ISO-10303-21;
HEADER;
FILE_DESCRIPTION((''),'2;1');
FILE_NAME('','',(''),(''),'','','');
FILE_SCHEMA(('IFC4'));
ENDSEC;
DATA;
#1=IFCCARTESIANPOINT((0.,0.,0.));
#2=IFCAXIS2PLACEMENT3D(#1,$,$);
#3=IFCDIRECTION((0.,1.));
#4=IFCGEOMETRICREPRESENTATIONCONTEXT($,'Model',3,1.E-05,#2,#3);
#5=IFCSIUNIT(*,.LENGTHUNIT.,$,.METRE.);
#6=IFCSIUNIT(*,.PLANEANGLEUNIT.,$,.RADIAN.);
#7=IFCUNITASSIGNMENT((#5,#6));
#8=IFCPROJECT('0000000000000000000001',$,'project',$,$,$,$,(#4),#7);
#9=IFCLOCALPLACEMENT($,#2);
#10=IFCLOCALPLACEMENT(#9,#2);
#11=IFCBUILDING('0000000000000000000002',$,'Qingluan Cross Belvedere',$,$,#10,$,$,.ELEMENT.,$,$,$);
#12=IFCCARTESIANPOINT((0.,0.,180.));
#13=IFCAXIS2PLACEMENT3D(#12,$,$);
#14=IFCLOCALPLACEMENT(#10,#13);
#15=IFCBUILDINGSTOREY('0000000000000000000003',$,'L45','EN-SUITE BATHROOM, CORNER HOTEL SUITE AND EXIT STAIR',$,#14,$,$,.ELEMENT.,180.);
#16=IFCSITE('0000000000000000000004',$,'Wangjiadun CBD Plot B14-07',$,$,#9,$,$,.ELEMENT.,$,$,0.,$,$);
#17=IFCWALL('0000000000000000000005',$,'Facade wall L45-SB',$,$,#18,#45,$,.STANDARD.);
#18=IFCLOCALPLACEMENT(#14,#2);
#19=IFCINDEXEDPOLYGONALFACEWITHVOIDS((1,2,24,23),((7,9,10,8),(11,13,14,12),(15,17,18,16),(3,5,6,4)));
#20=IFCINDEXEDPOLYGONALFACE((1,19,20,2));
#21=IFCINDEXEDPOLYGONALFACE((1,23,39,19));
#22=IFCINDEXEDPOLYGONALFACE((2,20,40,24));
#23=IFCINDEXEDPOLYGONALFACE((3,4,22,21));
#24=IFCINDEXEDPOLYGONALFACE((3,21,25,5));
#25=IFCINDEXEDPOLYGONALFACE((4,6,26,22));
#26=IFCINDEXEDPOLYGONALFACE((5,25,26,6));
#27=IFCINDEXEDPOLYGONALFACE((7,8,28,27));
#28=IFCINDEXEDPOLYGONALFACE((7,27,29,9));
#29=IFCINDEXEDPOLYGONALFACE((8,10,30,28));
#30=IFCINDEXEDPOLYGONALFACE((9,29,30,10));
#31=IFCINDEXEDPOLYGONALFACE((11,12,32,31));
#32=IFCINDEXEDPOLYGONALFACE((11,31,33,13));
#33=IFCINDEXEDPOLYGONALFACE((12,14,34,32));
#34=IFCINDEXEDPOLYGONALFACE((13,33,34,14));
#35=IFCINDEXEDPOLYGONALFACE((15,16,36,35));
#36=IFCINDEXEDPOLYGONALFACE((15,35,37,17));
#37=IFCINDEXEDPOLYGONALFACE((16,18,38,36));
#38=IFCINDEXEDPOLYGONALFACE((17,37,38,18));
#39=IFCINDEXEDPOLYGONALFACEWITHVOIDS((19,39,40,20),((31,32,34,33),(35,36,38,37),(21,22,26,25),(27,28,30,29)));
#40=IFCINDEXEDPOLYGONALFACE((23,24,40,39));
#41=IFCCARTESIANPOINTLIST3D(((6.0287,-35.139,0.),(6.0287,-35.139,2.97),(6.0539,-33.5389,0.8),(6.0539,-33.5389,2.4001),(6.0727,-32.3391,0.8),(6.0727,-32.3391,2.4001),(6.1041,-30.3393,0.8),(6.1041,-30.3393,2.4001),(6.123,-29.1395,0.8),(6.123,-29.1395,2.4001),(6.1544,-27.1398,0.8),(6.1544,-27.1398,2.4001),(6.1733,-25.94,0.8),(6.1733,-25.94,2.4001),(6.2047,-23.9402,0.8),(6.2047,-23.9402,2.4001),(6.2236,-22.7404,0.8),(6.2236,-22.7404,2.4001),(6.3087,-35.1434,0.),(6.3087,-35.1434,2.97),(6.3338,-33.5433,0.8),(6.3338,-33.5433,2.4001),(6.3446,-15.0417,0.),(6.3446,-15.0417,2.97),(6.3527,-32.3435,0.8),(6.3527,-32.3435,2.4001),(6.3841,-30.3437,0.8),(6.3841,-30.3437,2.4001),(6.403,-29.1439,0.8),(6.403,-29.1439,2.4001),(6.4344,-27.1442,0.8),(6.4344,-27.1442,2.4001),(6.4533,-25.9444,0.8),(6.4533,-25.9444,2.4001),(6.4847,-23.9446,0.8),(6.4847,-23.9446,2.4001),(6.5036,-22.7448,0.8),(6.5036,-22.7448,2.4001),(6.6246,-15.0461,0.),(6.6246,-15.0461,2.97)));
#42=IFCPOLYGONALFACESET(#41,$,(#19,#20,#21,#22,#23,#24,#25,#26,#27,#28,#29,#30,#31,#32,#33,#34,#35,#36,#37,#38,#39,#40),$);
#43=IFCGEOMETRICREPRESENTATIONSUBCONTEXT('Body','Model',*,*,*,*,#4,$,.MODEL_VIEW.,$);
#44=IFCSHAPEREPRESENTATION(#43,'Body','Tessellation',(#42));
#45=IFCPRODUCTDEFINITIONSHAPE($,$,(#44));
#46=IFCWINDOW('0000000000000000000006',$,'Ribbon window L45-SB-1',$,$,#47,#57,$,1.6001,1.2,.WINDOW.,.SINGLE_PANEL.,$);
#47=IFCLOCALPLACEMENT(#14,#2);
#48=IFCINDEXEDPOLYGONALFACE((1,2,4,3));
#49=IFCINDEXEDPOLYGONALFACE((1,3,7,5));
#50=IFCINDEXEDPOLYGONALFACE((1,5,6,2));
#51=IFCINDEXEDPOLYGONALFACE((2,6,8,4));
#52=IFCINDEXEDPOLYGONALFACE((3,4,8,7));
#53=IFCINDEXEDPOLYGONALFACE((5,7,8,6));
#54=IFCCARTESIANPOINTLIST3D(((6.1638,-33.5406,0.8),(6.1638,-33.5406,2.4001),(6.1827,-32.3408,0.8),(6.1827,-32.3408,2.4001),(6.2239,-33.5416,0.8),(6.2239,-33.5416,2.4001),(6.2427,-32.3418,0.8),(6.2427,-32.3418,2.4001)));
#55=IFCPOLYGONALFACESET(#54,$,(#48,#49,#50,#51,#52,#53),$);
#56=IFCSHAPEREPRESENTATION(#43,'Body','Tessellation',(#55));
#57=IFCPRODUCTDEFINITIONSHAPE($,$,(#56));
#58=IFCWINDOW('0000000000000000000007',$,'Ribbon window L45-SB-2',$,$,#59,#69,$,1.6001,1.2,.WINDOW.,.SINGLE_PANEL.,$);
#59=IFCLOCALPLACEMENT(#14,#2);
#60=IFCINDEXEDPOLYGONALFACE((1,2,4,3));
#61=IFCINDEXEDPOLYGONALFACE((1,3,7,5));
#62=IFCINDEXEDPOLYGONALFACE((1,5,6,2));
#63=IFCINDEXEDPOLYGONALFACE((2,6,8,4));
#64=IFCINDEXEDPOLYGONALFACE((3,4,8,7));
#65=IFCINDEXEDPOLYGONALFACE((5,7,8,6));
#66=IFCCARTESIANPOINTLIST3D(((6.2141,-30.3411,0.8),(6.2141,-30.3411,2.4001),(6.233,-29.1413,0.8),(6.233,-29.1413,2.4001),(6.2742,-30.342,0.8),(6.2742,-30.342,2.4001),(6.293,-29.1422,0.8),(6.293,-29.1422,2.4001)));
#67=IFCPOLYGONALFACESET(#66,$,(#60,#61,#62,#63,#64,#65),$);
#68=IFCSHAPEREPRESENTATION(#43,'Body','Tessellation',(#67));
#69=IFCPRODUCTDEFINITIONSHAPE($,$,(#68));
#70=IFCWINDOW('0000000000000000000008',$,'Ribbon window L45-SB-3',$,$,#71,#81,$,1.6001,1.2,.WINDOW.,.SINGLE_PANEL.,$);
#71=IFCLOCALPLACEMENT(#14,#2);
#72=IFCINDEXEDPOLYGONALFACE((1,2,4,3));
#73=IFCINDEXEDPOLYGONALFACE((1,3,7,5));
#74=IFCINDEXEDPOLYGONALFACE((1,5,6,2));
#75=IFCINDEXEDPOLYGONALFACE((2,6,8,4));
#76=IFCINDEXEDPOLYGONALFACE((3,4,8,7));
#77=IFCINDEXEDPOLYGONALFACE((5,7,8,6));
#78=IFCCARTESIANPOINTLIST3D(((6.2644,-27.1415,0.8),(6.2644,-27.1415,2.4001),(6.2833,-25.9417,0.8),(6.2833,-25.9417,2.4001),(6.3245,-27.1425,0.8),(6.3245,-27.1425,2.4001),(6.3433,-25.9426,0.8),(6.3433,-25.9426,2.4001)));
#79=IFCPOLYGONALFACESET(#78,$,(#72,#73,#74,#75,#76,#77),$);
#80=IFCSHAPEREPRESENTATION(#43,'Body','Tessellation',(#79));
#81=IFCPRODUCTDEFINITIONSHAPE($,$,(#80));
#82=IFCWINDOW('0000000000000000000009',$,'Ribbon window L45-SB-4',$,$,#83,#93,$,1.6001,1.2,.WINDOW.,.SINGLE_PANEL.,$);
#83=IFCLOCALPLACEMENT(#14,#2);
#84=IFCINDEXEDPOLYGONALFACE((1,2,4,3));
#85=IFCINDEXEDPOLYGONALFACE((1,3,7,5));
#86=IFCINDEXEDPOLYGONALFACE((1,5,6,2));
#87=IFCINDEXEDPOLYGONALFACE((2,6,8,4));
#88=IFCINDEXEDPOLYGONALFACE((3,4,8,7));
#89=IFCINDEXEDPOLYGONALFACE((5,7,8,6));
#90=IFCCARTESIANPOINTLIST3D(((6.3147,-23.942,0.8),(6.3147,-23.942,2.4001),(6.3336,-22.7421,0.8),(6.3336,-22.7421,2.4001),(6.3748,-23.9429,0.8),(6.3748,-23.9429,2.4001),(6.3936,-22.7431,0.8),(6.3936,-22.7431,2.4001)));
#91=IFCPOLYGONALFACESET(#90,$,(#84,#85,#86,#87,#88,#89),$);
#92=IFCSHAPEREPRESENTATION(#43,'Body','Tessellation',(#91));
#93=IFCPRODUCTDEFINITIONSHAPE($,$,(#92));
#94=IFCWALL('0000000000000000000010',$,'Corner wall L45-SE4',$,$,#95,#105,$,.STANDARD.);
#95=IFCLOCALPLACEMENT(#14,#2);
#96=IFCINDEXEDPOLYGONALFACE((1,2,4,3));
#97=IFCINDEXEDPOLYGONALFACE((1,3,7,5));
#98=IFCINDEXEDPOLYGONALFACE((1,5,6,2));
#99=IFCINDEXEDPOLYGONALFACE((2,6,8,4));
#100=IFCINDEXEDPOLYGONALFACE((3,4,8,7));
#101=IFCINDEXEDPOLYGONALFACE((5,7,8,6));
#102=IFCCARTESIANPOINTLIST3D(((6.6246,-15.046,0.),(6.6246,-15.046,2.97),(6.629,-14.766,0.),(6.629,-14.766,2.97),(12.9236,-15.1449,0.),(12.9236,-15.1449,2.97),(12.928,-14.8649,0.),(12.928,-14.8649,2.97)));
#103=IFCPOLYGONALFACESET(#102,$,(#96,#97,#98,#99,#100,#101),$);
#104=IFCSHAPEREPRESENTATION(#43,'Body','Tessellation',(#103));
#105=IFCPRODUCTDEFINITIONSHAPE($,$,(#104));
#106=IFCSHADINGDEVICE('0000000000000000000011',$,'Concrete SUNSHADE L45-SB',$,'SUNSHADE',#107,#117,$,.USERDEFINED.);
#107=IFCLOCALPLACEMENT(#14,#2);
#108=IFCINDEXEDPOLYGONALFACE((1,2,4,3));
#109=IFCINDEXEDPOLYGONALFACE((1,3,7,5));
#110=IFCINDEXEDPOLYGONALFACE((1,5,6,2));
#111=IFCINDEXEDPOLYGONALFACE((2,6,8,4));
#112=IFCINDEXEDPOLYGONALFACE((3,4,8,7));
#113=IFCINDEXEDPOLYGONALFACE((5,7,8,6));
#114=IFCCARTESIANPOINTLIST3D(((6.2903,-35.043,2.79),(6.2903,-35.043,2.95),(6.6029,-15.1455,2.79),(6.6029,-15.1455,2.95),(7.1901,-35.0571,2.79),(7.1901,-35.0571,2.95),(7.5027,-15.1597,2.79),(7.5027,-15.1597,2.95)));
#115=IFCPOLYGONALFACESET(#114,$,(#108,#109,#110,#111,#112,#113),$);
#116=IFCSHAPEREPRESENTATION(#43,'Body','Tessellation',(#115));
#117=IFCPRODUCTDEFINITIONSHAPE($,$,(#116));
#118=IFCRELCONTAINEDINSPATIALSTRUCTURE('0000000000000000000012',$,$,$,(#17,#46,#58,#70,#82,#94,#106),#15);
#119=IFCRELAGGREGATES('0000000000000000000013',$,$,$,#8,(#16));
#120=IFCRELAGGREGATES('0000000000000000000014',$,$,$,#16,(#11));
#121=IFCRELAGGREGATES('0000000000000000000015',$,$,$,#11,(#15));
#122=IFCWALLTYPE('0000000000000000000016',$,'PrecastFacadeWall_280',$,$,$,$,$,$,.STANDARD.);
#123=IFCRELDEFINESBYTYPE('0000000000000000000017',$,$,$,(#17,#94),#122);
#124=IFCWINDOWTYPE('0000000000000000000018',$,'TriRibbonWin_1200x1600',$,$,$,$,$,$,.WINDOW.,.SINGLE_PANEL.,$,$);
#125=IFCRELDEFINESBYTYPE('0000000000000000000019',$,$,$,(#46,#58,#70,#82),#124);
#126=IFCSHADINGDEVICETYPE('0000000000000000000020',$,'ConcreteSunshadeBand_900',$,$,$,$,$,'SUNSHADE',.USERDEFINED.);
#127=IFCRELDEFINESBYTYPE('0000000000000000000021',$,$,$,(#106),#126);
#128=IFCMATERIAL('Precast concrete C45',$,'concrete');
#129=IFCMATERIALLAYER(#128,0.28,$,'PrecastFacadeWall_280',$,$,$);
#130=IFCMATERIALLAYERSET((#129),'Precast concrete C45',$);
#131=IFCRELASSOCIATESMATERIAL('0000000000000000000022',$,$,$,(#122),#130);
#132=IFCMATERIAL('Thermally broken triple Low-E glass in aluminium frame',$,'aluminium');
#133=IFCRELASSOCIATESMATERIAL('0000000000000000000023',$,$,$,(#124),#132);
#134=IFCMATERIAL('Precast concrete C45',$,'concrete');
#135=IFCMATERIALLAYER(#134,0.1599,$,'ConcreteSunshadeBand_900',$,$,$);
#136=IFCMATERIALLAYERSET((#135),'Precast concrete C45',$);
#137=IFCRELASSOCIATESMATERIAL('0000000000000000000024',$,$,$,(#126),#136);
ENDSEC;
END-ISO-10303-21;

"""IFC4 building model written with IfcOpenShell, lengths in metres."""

from ifc_helpers import new_model, si_unit, direction, frame, frame_2d, origin, origin_2d, place, context, subcontext, project, spatial, rectangle, extrude, material, layer, layer_set, type_object, element, fill, save


model = new_model("IFC4")

# Units and contexts
model_context = context("Model", 3, precision=1e-05, world=origin(), true_north=direction((0.0, 1.0)))
body_context = subcontext(model_context, "Body", "Model", "MODEL_VIEW")
ifc_project = project(units=[si_unit("LENGTHUNIT", "METRE"), si_unit("PLANEANGLEUNIT", "RADIAN")], contexts=[model_context])

# Site, building, storey
site_placement = place(None, origin())
site = spatial("IfcSite", under=ifc_project, at=site_placement, Name="Wangjiadun CBD Plot B14-07", CompositionType="ELEMENT", RefElevation=0.0)
building_placement = place(site_placement, origin())
building = spatial("IfcBuilding", under=site, at=building_placement, Name="Qingluan Cross Belvedere", CompositionType="ELEMENT")
storey_placement = place(building_placement, frame((0.0, 0.0, 180.0)))
storey = spatial("IfcBuildingStorey", under=building, at=storey_placement, Name="L45", Description="EN-SUITE BATHROOM, CORNER HOTEL SUITE AND EXIT STAIR", CompositionType="ELEMENT", Elevation=180.0)

# Wall, openings, windows
ifc_material_1 = material(Name="Precast concrete C45", Category="concrete")
ifc_layer_1 = layer(ifc_material_1, 0.28, Name="PrecastFacadeWall_280")
ifc_layer_set_1 = layer_set([ifc_layer_1], Name="Precast concrete C45")
wall_type_1 = type_object("IfcWallType", Name="PrecastFacadeWall_280", PredefinedType="STANDARD", material=ifc_layer_set_1)
wall_1_placement = place(storey_placement, frame((6.1687, -35.1411, 0.0), z_axis=(0.0, 0.0, 1.0), x_axis=(0.015717, 0.999876, 0.0)))
wall_1 = element("IfcWall", 1, at=wall_1_placement, inside=storey, type_object=wall_type_1, Name="Facade wall L45-SB", PredefinedType="STANDARD", context=body_context, shape_type="SweptSolid", body=[
    extrude(rectangle(XDim=20.0999, YDim=0.28, at=frame_2d((10.0498, 0.0))), origin(), (0.0, 0.0, 1.0), 2.97),
])
opening_1_placement = place(wall_1_placement, frame((1.6001, 0.0, 0.8)))
opening_1 = element("IfcOpeningElement", 2, at=opening_1_placement, cuts=wall_1, PredefinedType="OPENING", context=body_context, shape_type="SweptSolid", body=[
    extrude(rectangle(XDim=1.2, YDim=1.6001, at=frame_2d((0.6001, 0.8))), frame((0.0, 0.1499, 0.0), z_axis=(0.0, -1.0, 0.0), x_axis=(1.0, 0.0, 0.0)), (0.0, 0.0, 1.0), 0.3),
])
opening_2_placement = place(wall_1_placement, frame((4.8, 0.0, 0.8)))
opening_2 = element("IfcOpeningElement", 3, at=opening_2_placement, cuts=wall_1, PredefinedType="OPENING", context=body_context, shape_type="SweptSolid", body=[
    extrude(rectangle(XDim=1.2, YDim=1.6001, at=frame_2d((0.6001, 0.8))), frame((0.0, 0.1499, 0.0), z_axis=(0.0, -1.0, 0.0), x_axis=(1.0, 0.0, 0.0)), (0.0, 0.0, 1.0), 0.3),
])
opening_3_placement = place(wall_1_placement, frame((8.0, 0.0, 0.8)))
opening_3 = element("IfcOpeningElement", 4, at=opening_3_placement, cuts=wall_1, PredefinedType="OPENING", context=body_context, shape_type="SweptSolid", body=[
    extrude(rectangle(XDim=1.2, YDim=1.6001, at=frame_2d((0.6001, 0.8))), frame((0.0, 0.1499, 0.0), z_axis=(0.0, -1.0, 0.0), x_axis=(1.0, 0.0, 0.0)), (0.0, 0.0, 1.0), 0.3),
])
opening_4_placement = place(wall_1_placement, frame((11.2, 0.0, 0.8)))
opening_4 = element("IfcOpeningElement", 5, at=opening_4_placement, cuts=wall_1, PredefinedType="OPENING", context=body_context, shape_type="SweptSolid", body=[
    extrude(rectangle(XDim=1.2, YDim=1.6001, at=frame_2d((0.6001, 0.8))), frame((0.0, 0.1499, 0.0), z_axis=(0.0, -1.0, 0.0), x_axis=(1.0, 0.0, 0.0)), (0.0, 0.0, 1.0), 0.3),
])
ifc_material_2 = material(Name="Thermally broken triple Low-E glass in aluminium frame", Category="aluminium")
window_type = type_object("IfcWindowType", Name="TriRibbonWin_1200x1600", PartitioningType="SINGLE_PANEL", PredefinedType="WINDOW", material=ifc_material_2)
window_1_placement = place(opening_1_placement, origin())
window_1 = element("IfcWindow", 6, at=window_1_placement, inside=storey, type_object=window_type, Name="Ribbon window L45-SB-1", OverallHeight=1.6001, OverallWidth=1.2, PartitioningType="SINGLE_PANEL", PredefinedType="WINDOW", context=body_context, shape_type="SweptSolid", body=[
    extrude(rectangle(XDim=1.2, YDim=1.6001, at=frame_2d((0.6001, 0.8))), frame((0.0, 0.03, 0.0), z_axis=(0.0, -1.0, 0.0), x_axis=(1.0, 0.0, 0.0)), (0.0, 0.0, 1.0), 0.0601),
])
fill(opening_1, window_1)
window_2_placement = place(opening_2_placement, origin())
window_2 = element("IfcWindow", 7, at=window_2_placement, inside=storey, type_object=window_type, Name="Ribbon window L45-SB-2", OverallHeight=1.6001, OverallWidth=1.2, PartitioningType="SINGLE_PANEL", PredefinedType="WINDOW", context=body_context, shape_type="SweptSolid", body=[
    extrude(rectangle(XDim=1.2, YDim=1.6001, at=frame_2d((0.6001, 0.8))), frame((0.0, 0.03, 0.0), z_axis=(0.0, -1.0, 0.0), x_axis=(1.0, 0.0, 0.0)), (0.0, 0.0, 1.0), 0.0601),
])
fill(opening_2, window_2)
window_3_placement = place(opening_3_placement, origin())
window_3 = element("IfcWindow", 8, at=window_3_placement, inside=storey, type_object=window_type, Name="Ribbon window L45-SB-3", OverallHeight=1.6001, OverallWidth=1.2, PartitioningType="SINGLE_PANEL", PredefinedType="WINDOW", context=body_context, shape_type="SweptSolid", body=[
    extrude(rectangle(XDim=1.2, YDim=1.6001, at=frame_2d((0.6001, 0.8))), frame((0.0, 0.03, 0.0), z_axis=(0.0, -1.0, 0.0), x_axis=(1.0, 0.0, 0.0)), (0.0, 0.0, 1.0), 0.0601),
])
fill(opening_3, window_3)
window_4_placement = place(opening_4_placement, origin())
window_4 = element("IfcWindow", 9, at=window_4_placement, inside=storey, type_object=window_type, Name="Ribbon window L45-SB-4", OverallHeight=1.6001, OverallWidth=1.2, PartitioningType="SINGLE_PANEL", PredefinedType="WINDOW", context=body_context, shape_type="SweptSolid", body=[
    extrude(rectangle(XDim=1.2, YDim=1.6001, at=frame_2d((0.6001, 0.8))), frame((0.0, 0.03, 0.0), z_axis=(0.0, -1.0, 0.0), x_axis=(1.0, 0.0, 0.0)), (0.0, 0.0, 1.0), 0.0601),
])
fill(opening_4, window_4)

# Wall
wall_2_placement = place(storey_placement, frame((12.9258, -15.0049, 0.0), z_axis=(0.0, 0.0, 1.0), x_axis=(-0.999877, 0.015695, 0.0)))
element("IfcWall", 10, at=wall_2_placement, inside=storey, type_object=wall_type_1, Name="Corner wall L45-SE4", PredefinedType="STANDARD", context=body_context, shape_type="SweptSolid", body=[
    extrude(rectangle(XDim=6.2998, YDim=0.28, at=frame_2d((3.1499, 0.0))), origin(), (0.0, 0.0, 1.0), 2.97),
])

# Shading device
ifc_material_3 = material(Name="Precast concrete C45", Category="concrete")
ifc_layer_2 = layer(ifc_material_3, 0.1599, Name="ConcreteSunshadeBand_900")
ifc_layer_set_2 = layer_set([ifc_layer_2], Name="Precast concrete C45")
shading_device_type = type_object("IfcShadingDeviceType", Name="ConcreteSunshadeBand_900", ElementType="SUNSHADE", PredefinedType="USERDEFINED", material=ifc_layer_set_2)
shading_device_placement = place(storey_placement, frame((6.8965, -25.1013, 2.79), z_axis=(0.0, 0.0, 1.0), x_axis=(0.015706, 0.999877, 0.0)))
element("IfcShadingDevice", 11, at=shading_device_placement, inside=storey, type_object=shading_device_type, Name="Concrete SUNSHADE L45-SB", ObjectType="SUNSHADE", PredefinedType="USERDEFINED", context=body_context, shape_type="SweptSolid", body=[
    extrude(rectangle(XDim=19.8999, YDim=0.8999, at=origin_2d()), origin(), (0.0, 0.0, 1.0), 0.1599),
])

save(model, "model.ifc")
